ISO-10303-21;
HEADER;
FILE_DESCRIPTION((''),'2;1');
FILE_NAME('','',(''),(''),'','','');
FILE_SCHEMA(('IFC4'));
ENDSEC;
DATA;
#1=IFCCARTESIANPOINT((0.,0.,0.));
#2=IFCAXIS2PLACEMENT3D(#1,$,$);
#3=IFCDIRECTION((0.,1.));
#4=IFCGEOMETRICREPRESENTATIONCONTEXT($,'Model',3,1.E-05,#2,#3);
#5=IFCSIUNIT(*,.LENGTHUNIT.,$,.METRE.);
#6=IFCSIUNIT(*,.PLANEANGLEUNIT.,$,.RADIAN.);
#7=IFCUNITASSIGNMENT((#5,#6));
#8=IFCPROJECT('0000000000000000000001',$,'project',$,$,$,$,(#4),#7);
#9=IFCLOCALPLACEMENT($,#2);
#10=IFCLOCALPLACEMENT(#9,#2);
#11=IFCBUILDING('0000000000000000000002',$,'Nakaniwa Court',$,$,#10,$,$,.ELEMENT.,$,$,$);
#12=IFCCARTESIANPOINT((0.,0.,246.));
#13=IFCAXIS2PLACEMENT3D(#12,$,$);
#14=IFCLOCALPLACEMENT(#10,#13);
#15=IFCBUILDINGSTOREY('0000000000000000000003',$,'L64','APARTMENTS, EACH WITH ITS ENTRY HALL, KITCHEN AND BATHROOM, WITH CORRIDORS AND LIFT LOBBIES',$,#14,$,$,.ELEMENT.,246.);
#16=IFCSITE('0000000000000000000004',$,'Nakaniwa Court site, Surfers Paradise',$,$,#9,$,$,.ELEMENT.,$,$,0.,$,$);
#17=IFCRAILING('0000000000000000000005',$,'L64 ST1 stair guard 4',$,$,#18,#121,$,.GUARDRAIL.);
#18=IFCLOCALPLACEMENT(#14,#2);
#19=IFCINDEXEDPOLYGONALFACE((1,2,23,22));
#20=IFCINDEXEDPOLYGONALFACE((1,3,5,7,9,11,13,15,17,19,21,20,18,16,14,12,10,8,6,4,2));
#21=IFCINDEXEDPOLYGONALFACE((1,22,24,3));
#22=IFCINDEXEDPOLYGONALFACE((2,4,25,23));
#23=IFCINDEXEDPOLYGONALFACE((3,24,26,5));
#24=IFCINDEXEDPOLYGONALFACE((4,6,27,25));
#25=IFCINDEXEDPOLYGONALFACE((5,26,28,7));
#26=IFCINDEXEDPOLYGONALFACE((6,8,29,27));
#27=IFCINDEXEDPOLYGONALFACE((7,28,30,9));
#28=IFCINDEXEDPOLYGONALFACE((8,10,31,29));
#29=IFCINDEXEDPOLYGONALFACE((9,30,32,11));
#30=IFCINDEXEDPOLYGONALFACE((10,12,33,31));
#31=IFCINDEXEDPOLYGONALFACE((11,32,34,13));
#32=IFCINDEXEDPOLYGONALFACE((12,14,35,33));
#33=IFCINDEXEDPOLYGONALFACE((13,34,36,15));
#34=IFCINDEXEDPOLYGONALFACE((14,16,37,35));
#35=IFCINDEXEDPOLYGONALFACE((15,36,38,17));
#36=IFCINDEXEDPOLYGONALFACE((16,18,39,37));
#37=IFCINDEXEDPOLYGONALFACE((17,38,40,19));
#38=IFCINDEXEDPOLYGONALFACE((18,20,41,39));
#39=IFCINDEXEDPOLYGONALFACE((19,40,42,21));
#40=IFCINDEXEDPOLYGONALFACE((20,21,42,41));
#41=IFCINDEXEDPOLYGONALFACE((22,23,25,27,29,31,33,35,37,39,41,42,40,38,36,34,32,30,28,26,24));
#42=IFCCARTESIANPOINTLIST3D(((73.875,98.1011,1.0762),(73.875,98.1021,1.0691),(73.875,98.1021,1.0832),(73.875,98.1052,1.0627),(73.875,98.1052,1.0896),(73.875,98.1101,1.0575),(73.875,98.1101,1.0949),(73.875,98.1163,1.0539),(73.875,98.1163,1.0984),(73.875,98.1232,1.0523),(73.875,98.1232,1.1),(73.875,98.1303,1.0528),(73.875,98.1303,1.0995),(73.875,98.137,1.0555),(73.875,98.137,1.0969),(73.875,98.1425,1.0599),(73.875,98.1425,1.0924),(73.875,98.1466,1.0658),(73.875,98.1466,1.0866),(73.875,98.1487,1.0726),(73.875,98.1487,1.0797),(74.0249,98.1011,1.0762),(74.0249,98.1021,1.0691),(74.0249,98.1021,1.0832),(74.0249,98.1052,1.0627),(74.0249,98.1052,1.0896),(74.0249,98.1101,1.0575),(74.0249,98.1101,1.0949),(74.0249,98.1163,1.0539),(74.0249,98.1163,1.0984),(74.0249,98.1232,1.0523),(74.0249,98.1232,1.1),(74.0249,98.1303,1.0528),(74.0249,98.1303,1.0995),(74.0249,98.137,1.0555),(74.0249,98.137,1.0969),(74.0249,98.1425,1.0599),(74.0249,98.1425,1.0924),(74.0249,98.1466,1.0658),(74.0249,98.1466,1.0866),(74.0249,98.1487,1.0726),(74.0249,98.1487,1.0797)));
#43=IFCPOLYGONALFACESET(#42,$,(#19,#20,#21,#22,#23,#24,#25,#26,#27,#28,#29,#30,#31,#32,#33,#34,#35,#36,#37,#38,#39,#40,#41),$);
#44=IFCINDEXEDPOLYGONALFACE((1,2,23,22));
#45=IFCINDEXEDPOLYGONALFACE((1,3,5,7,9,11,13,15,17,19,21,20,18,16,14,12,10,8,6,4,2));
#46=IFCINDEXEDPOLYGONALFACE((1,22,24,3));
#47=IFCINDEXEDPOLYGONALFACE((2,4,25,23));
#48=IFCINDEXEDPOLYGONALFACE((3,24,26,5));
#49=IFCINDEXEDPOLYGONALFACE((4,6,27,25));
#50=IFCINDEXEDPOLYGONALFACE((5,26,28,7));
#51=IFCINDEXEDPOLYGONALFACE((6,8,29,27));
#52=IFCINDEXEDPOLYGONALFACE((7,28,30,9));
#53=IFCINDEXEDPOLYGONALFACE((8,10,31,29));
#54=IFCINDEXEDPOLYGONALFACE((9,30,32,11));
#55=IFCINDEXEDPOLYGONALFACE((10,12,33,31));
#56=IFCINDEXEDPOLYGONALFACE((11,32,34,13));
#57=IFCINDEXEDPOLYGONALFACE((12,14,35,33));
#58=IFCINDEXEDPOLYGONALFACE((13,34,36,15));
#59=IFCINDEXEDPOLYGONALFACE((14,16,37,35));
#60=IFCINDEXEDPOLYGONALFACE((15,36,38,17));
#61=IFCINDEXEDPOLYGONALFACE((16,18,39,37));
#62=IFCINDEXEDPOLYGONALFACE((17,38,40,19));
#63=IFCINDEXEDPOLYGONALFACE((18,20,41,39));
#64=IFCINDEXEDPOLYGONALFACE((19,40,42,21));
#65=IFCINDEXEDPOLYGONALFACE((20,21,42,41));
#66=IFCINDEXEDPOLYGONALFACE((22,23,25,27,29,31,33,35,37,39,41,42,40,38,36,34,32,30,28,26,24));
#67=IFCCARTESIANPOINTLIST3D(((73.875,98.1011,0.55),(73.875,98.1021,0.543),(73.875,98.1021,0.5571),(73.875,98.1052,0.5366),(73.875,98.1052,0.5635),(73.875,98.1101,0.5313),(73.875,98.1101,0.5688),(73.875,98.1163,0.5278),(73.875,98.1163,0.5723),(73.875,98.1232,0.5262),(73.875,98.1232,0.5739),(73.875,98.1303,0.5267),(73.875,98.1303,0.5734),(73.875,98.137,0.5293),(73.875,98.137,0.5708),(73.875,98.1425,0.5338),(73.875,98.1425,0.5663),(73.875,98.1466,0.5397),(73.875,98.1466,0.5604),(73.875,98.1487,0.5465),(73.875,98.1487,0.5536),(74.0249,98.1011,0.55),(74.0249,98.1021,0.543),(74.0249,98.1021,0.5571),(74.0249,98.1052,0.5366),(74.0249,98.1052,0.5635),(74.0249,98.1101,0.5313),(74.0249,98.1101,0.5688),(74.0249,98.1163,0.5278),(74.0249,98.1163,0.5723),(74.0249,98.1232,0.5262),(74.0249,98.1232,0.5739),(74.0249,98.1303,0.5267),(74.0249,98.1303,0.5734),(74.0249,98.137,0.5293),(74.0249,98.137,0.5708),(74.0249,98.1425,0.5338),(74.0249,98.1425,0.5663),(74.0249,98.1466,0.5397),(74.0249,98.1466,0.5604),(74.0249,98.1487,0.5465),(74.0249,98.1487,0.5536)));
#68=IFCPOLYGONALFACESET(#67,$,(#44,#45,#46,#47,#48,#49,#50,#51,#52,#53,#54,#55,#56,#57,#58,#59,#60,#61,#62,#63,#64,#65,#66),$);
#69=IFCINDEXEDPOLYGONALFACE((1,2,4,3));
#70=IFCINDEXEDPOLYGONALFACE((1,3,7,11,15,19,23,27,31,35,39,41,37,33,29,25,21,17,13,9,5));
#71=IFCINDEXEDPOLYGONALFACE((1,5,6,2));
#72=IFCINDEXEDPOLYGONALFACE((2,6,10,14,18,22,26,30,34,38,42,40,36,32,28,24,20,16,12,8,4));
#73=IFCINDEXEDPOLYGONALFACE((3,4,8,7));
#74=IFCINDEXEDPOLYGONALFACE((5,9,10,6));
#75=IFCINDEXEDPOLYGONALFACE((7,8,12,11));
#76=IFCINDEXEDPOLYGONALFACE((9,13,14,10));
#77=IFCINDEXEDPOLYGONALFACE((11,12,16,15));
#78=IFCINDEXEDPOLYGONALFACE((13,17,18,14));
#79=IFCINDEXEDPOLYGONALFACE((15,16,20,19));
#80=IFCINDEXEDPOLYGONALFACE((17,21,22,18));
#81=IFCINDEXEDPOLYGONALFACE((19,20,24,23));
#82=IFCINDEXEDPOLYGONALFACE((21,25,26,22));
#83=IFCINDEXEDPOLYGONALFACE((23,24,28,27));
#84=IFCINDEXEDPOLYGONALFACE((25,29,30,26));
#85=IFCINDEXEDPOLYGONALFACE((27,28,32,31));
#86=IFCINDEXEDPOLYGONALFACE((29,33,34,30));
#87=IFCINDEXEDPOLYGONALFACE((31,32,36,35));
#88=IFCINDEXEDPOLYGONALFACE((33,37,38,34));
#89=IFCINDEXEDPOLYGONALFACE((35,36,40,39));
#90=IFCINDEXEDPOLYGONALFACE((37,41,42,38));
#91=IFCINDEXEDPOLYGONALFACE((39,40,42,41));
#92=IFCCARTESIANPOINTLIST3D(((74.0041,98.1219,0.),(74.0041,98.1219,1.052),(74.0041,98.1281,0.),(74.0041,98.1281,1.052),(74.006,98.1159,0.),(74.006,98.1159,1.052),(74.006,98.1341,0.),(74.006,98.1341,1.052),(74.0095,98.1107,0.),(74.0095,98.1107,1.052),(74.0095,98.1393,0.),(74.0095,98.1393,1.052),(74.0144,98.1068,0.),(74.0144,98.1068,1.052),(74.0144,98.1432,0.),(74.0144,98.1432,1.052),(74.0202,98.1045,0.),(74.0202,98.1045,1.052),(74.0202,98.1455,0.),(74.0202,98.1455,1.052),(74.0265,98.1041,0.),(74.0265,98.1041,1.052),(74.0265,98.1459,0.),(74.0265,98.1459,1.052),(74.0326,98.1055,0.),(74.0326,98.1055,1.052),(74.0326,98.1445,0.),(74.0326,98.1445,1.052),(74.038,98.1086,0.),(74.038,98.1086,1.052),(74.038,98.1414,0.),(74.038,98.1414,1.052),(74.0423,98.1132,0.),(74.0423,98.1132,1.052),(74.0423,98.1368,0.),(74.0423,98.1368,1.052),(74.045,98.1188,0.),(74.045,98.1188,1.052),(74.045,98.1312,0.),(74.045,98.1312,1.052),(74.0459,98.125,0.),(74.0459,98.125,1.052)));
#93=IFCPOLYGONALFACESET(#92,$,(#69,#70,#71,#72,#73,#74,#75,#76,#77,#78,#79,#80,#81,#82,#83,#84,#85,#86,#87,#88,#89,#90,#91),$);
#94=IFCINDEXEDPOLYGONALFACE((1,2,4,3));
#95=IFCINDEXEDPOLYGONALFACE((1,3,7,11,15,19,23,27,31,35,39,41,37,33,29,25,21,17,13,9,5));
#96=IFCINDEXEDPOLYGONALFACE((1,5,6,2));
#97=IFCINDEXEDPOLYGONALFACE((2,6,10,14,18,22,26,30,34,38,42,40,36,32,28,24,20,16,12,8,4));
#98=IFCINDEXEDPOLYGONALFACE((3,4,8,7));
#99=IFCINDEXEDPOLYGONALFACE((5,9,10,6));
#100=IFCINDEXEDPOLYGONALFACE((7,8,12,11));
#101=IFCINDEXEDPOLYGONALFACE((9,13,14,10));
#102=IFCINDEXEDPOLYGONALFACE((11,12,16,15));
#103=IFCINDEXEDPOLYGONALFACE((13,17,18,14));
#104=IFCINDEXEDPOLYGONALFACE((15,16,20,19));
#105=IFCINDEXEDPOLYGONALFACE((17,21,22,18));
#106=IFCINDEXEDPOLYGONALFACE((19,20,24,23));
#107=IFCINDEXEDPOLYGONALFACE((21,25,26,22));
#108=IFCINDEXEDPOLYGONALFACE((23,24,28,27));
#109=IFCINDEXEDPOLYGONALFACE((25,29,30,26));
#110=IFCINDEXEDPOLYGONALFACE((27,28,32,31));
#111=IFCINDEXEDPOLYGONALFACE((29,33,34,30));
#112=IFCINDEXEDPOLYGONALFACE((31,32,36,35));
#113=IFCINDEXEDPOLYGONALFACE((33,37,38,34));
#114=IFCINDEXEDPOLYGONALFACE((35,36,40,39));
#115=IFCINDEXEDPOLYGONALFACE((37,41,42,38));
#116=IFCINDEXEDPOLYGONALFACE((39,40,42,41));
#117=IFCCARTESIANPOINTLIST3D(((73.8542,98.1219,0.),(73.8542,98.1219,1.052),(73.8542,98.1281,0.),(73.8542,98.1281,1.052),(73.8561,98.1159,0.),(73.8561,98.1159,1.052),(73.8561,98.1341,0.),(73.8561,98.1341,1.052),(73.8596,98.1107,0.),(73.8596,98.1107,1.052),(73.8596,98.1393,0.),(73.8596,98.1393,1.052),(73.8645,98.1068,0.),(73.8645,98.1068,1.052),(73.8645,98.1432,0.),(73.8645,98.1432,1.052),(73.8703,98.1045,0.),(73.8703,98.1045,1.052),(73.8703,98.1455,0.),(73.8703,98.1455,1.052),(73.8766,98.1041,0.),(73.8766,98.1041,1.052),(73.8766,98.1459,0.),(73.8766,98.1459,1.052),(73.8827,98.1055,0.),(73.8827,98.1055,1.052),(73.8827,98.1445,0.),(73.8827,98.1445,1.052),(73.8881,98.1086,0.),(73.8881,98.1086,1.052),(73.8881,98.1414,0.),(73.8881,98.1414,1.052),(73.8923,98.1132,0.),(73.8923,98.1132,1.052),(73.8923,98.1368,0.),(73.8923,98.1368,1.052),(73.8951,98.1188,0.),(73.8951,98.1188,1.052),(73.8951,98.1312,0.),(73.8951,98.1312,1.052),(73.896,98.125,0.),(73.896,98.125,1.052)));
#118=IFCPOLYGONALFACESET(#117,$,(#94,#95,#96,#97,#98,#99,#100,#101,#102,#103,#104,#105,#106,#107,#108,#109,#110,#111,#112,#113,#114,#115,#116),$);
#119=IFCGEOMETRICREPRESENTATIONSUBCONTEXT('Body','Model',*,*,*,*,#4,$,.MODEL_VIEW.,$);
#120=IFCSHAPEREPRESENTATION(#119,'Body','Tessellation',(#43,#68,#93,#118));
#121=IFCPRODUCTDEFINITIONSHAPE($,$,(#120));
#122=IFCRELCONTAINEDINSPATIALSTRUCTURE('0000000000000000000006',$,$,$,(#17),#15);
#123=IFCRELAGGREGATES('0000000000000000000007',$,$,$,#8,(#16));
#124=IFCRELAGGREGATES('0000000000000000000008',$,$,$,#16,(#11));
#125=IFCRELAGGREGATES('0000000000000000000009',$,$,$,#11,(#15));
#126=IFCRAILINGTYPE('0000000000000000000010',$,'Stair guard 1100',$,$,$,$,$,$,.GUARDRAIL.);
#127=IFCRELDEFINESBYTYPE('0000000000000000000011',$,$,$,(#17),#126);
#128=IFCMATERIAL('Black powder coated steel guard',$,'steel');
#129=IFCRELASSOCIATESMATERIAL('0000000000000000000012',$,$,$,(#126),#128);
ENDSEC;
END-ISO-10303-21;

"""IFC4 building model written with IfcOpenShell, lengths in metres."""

from ifc_helpers import new_model, si_unit, direction, frame, origin, origin_2d, place, context, subcontext, project, spatial, circle, extrude, material, type_object, element, save


model = new_model("IFC4")

# Units and contexts
model_context = context("Model", 3, precision=1e-05, world=origin(), true_north=direction((0.0, 1.0)))
body_context = subcontext(model_context, "Body", "Model", "MODEL_VIEW")
ifc_project = project(units=[si_unit("LENGTHUNIT", "METRE"), si_unit("PLANEANGLEUNIT", "RADIAN")], contexts=[model_context])

# Site, building, storey
site_placement = place(None, origin())
site = spatial("IfcSite", under=ifc_project, at=site_placement, Name="Nakaniwa Court site, Surfers Paradise", CompositionType="ELEMENT", RefElevation=0.0)
building_placement = place(site_placement, origin())
building = spatial("IfcBuilding", under=site, at=building_placement, Name="Nakaniwa Court", CompositionType="ELEMENT")
storey_placement = place(building_placement, frame((0.0, 0.0, 246.0)))
storey = spatial("IfcBuildingStorey", under=building, at=storey_placement, Name="L64", Description="APARTMENTS, EACH WITH ITS ENTRY HALL, KITCHEN AND BATHROOM, WITH CORRIDORS AND LIFT LOBBIES", CompositionType="ELEMENT", Elevation=246.0)

# Railing
ifc_material_1 = material(Name="Black powder coated steel guard", Category="steel")
railing_type_1 = type_object("IfcRailingType", Name="Stair guard 1100", PredefinedType="GUARDRAIL", material=ifc_material_1)
railing_1_placement = place(storey_placement, frame((74.0249, 98.125, 0.0)))
element("IfcRailing", 1, at=railing_1_placement, inside=storey, type_object=railing_type_1, Name="L64 ST1 stair guard 4", PredefinedType="GUARDRAIL", context=body_context, shape_type="SweptSolid", body=[
    extrude(circle(Radius=0.0239, at=origin_2d()), frame((0.0, 0.0, 1.0762), z_axis=(-1.0, 0.0, 0.0), x_axis=(0.0, -1.0, 0.0)), (0.0, 0.0, 1.0), 0.1499),
    extrude(circle(Radius=0.0239, at=origin_2d()), frame((0.0, 0.0, 0.55), z_axis=(-1.0, 0.0, 0.0), x_axis=(0.0, -1.0, 0.0)), (0.0, 0.0, 1.0), 0.1499),
    extrude(circle(Radius=0.021, at=origin_2d()), origin(), (0.0, 0.0, 1.0), 1.052),
    extrude(circle(Radius=0.021, at=origin_2d()), frame((-0.1499, 0.0, 0.0)), (0.0, 0.0, 1.0), 1.052),
])

save(model, "model.ifc")
